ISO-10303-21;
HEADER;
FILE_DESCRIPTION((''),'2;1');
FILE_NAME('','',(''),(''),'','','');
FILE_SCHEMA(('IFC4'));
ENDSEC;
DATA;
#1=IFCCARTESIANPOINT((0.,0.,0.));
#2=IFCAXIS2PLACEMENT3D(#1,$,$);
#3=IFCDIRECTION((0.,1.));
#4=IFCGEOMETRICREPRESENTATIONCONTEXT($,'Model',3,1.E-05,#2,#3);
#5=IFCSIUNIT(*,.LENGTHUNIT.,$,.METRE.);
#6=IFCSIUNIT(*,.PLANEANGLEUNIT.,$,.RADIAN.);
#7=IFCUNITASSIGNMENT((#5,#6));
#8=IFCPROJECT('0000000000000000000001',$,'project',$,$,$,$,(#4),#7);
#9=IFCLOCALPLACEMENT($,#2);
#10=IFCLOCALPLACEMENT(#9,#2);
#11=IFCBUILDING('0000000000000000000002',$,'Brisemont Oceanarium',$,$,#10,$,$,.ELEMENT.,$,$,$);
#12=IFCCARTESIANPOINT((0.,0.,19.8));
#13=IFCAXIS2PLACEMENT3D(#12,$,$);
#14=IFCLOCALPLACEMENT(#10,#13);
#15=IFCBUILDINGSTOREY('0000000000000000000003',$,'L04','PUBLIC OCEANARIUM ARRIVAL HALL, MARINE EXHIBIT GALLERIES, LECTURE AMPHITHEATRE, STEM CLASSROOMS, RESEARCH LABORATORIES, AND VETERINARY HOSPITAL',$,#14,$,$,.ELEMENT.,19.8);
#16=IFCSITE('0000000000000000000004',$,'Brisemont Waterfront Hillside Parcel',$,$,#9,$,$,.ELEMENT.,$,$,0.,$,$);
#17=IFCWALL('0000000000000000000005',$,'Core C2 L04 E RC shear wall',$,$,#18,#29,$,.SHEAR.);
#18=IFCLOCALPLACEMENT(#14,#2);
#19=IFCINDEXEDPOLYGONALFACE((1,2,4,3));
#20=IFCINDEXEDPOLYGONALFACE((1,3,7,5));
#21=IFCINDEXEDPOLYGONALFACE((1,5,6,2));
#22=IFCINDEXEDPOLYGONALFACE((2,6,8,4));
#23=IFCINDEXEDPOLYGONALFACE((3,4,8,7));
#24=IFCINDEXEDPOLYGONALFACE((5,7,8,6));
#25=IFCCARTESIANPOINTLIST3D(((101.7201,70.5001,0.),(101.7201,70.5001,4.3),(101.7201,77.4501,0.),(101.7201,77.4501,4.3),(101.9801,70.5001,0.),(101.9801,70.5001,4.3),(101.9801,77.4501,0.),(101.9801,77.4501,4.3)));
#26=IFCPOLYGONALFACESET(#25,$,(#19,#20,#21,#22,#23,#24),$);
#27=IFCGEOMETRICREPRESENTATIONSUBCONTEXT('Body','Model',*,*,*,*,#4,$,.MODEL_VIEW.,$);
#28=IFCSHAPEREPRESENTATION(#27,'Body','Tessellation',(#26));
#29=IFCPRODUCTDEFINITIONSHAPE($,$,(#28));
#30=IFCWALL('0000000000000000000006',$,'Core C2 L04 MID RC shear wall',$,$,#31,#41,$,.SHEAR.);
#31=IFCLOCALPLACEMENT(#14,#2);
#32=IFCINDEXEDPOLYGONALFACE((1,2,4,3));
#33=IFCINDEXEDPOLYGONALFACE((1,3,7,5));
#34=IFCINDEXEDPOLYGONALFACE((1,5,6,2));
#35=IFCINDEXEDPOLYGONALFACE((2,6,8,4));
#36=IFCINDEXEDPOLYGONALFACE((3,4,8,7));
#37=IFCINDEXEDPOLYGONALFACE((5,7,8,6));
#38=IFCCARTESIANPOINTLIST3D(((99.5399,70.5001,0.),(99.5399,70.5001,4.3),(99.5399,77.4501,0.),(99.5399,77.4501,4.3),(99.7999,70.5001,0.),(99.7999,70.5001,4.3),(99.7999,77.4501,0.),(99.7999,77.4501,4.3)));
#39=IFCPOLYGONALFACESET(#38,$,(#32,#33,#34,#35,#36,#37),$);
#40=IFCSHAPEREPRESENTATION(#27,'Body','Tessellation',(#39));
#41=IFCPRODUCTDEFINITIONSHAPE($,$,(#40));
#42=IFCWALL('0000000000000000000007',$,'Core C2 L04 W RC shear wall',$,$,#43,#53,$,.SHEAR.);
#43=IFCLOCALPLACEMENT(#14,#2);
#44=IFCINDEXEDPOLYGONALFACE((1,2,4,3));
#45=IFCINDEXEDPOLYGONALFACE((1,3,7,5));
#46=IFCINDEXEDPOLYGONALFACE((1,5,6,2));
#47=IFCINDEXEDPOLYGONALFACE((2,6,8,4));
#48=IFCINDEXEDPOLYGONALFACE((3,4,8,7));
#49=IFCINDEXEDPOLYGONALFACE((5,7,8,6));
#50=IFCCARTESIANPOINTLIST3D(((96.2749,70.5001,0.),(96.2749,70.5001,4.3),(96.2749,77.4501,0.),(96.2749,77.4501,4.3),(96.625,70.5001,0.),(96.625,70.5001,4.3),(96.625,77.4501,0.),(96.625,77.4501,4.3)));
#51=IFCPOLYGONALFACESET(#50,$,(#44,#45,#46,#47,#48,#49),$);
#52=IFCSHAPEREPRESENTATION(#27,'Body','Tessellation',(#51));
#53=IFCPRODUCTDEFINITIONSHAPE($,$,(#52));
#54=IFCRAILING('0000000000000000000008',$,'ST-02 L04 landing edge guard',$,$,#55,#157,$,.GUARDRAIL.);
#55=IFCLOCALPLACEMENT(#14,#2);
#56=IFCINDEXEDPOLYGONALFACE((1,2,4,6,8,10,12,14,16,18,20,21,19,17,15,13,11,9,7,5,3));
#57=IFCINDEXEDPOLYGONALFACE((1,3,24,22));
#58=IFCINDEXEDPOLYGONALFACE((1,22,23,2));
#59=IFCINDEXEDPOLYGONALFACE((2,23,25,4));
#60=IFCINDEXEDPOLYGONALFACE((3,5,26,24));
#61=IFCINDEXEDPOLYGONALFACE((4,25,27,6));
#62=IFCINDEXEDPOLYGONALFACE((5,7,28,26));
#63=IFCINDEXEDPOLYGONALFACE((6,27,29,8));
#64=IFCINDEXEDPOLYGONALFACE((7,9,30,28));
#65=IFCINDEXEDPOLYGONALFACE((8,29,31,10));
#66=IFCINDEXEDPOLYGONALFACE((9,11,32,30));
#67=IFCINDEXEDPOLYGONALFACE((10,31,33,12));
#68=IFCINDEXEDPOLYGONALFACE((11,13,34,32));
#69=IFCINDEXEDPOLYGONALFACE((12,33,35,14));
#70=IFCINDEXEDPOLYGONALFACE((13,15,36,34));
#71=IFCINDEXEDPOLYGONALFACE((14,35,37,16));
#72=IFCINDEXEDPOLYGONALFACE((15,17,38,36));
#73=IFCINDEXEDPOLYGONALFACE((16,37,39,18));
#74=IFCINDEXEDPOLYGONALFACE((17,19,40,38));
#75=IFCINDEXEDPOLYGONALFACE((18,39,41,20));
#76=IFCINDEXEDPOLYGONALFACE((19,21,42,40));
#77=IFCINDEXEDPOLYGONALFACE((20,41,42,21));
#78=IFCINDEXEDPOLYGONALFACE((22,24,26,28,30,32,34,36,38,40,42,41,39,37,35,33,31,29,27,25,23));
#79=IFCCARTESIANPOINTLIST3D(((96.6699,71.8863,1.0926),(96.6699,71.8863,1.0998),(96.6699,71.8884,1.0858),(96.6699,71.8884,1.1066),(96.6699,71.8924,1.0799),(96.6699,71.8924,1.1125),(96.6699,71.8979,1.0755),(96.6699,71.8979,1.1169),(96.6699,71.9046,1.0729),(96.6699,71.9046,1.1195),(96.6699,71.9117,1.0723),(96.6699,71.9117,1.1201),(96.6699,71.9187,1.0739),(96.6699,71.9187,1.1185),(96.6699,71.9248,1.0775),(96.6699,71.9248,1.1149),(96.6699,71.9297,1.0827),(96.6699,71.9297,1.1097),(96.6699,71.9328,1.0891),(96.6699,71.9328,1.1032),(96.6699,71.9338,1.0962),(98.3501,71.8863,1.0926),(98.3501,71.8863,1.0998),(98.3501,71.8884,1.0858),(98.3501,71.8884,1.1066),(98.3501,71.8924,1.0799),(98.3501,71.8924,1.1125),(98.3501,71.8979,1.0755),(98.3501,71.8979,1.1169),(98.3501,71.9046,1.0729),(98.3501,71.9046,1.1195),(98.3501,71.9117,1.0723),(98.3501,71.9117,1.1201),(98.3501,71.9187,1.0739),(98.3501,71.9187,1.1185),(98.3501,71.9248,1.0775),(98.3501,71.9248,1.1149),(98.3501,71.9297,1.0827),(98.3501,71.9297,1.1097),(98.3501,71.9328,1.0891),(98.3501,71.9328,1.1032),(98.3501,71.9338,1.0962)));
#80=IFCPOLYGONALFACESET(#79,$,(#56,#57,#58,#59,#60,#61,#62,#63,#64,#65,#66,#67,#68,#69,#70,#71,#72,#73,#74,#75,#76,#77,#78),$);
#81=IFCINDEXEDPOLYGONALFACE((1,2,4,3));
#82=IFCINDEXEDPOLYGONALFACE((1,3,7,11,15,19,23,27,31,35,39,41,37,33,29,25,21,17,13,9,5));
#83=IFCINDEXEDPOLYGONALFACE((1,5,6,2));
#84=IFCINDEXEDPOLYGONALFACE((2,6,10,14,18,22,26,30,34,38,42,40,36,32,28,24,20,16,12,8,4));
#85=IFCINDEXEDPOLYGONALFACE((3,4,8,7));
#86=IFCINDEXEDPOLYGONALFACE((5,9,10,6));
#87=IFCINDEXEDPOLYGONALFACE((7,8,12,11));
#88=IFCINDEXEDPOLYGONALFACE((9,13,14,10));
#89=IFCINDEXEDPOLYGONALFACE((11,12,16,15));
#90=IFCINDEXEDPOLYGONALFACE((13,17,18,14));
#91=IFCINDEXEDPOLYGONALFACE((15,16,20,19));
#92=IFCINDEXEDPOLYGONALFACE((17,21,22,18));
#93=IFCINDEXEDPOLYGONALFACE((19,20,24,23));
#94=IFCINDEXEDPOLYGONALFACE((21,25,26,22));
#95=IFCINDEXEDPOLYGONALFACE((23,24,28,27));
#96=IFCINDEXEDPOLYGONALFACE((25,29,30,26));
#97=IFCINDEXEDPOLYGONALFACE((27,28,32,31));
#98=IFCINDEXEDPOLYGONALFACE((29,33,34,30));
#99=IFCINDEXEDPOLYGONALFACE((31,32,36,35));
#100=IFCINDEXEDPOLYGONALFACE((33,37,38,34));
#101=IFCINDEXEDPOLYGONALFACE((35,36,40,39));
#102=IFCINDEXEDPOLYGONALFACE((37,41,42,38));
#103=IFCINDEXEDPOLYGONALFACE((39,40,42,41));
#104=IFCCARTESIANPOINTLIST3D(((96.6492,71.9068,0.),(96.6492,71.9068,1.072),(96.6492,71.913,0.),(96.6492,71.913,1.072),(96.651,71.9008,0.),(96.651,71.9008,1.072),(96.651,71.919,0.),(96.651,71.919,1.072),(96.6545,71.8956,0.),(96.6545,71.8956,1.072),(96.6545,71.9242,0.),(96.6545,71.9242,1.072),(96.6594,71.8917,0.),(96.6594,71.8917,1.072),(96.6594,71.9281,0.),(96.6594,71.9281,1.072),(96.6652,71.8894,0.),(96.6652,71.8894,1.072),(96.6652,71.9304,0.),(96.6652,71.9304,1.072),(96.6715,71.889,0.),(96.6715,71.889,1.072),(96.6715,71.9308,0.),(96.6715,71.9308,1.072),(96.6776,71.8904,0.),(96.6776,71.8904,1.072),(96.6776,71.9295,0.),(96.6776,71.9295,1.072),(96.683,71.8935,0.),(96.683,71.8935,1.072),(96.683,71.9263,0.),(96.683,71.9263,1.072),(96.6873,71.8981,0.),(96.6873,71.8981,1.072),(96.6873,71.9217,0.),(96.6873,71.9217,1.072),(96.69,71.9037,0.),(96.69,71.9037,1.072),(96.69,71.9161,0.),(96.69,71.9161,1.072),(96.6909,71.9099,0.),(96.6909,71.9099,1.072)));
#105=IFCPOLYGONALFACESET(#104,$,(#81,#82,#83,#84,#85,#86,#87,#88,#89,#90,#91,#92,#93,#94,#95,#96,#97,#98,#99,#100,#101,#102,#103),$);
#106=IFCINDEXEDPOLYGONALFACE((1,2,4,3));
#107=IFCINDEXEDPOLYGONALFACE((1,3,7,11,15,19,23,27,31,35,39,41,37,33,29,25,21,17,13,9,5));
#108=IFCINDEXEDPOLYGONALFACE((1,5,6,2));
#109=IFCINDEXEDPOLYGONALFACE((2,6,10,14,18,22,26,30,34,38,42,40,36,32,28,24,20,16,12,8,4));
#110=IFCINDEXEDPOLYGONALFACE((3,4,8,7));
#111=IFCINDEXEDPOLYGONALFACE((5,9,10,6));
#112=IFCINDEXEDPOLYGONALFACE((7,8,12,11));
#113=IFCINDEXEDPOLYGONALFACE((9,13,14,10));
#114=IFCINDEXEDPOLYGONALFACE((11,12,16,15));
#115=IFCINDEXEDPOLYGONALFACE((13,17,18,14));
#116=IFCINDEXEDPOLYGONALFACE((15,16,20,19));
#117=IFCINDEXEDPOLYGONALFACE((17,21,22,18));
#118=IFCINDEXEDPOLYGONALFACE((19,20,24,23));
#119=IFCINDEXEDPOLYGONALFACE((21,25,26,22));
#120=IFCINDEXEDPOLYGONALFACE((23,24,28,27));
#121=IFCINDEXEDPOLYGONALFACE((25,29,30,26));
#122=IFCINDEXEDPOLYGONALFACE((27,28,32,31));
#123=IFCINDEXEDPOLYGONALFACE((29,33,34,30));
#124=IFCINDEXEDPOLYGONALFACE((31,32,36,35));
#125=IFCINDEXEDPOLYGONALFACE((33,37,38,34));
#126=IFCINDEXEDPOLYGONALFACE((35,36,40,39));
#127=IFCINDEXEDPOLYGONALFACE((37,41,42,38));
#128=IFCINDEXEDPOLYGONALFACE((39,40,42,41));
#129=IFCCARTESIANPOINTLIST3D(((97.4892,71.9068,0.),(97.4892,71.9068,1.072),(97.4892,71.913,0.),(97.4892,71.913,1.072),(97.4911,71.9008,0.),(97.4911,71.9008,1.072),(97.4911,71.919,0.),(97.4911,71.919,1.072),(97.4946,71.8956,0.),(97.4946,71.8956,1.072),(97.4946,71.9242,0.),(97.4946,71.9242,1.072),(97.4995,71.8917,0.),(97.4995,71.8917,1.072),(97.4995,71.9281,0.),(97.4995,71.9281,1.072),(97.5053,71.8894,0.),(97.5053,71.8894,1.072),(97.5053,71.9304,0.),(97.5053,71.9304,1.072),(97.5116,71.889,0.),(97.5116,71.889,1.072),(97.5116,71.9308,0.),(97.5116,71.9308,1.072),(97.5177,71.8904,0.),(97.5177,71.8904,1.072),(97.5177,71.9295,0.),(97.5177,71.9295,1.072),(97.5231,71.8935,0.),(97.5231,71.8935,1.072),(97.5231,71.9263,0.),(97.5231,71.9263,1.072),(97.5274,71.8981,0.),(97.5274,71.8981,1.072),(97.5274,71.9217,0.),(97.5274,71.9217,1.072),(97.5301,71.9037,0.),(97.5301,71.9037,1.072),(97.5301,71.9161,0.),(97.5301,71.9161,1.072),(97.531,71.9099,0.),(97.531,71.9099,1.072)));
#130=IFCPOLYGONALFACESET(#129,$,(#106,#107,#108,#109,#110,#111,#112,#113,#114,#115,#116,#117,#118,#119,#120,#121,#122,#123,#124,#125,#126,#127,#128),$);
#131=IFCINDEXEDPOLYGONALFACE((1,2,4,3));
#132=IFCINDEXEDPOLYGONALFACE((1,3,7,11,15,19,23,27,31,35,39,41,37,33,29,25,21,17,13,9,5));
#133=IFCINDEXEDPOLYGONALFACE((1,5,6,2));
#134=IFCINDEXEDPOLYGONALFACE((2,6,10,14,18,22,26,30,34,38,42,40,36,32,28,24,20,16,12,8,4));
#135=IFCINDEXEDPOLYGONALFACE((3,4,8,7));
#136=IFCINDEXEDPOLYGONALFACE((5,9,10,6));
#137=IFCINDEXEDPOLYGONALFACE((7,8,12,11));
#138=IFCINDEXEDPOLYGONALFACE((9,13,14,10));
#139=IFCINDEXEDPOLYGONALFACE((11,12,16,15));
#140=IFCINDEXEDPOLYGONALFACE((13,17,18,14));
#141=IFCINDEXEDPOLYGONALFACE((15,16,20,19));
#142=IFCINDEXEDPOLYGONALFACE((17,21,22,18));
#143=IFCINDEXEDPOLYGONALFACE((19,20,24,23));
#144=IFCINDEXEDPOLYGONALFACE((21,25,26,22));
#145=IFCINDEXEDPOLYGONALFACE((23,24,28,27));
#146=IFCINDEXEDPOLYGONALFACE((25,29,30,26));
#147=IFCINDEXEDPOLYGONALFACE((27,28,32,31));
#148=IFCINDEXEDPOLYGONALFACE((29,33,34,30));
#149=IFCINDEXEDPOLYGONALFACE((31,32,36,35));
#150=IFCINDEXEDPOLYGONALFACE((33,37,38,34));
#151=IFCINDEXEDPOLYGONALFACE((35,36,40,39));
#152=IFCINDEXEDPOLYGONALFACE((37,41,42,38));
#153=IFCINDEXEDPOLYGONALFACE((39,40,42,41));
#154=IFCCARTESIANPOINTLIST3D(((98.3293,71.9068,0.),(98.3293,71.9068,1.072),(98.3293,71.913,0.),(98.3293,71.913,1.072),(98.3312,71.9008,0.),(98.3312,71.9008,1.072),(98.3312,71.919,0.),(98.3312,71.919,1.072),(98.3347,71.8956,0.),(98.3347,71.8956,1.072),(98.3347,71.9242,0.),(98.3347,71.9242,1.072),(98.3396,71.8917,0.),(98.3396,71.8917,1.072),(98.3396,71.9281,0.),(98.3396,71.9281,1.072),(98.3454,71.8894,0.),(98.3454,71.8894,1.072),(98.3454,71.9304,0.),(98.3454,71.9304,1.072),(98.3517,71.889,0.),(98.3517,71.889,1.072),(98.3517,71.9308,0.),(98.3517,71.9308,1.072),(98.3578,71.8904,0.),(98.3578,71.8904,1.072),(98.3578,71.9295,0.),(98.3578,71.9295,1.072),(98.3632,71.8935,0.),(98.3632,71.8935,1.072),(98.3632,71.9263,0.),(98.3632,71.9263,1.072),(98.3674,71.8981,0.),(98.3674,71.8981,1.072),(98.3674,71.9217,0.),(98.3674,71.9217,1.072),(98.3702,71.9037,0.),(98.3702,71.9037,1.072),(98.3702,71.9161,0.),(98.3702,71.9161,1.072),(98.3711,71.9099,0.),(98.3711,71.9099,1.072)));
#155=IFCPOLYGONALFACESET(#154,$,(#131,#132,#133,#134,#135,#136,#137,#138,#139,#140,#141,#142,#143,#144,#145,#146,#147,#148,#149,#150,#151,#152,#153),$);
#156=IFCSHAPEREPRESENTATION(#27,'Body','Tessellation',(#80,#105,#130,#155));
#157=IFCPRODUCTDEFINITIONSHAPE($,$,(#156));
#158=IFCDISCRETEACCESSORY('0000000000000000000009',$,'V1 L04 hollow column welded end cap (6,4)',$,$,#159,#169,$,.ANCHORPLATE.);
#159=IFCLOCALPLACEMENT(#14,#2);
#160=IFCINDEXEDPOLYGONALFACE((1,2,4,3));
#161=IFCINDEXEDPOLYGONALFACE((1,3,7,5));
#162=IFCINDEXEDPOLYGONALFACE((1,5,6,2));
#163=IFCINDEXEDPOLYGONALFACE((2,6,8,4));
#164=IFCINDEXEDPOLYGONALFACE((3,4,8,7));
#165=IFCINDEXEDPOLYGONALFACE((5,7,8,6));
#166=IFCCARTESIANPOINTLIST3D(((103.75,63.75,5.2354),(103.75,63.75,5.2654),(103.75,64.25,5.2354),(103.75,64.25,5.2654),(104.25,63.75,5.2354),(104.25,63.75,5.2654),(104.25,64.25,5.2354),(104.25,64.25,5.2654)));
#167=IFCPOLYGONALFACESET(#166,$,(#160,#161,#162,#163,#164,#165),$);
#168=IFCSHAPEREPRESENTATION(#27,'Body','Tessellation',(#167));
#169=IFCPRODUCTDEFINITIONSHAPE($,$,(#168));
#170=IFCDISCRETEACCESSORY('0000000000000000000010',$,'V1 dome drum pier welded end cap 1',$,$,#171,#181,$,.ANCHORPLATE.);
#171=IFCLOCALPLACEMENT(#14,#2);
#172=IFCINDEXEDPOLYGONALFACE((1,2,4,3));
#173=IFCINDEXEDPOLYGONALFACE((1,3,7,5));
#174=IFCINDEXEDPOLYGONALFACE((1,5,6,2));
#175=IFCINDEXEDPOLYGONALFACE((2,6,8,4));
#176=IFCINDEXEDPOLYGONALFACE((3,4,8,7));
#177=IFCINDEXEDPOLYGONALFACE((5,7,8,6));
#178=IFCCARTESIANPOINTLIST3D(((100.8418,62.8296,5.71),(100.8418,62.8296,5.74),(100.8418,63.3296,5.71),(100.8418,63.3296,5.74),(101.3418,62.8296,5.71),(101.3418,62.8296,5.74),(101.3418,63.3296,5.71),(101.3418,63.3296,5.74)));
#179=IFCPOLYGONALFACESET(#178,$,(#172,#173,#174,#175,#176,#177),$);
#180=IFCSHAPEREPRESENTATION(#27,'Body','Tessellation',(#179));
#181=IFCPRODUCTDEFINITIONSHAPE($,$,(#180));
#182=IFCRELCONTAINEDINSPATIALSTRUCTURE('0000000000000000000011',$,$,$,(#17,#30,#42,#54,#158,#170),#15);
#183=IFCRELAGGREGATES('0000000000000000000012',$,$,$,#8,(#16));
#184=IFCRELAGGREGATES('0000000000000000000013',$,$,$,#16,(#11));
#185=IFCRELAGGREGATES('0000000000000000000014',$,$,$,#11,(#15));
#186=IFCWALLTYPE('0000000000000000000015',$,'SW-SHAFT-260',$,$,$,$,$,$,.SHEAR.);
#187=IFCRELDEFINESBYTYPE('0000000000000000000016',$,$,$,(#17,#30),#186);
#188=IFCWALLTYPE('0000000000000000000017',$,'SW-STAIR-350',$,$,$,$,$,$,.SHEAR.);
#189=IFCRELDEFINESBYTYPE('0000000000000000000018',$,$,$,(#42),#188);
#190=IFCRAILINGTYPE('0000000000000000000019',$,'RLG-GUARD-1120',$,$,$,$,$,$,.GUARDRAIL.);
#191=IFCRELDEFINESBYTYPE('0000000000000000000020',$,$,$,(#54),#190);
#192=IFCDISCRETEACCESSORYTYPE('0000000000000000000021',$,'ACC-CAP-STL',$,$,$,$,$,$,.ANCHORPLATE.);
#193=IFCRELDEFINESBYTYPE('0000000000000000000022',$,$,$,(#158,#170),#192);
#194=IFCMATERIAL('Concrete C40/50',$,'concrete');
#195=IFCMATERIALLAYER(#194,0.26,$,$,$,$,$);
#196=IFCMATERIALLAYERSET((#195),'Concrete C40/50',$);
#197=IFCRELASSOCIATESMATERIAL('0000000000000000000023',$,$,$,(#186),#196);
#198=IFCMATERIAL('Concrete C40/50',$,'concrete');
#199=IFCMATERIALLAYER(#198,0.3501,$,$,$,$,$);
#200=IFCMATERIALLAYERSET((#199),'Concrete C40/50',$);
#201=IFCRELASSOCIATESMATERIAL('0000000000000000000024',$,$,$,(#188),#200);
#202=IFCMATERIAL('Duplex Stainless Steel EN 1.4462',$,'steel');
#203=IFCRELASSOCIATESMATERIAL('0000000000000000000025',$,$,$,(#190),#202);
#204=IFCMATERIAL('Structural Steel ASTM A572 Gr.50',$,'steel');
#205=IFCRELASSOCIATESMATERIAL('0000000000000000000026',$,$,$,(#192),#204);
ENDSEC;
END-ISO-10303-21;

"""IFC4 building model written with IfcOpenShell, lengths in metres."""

from ifc_helpers import new_model, si_unit, direction, frame, frame_2d, origin, origin_2d, place, context, subcontext, project, spatial, rectangle, circle, extrude, material, layer, layer_set, type_object, element, save


model = new_model("IFC4")

# Units and contexts
model_context = context("Model", 3, precision=1e-05, world=origin(), true_north=direction((0.0, 1.0)))
body_context = subcontext(model_context, "Body", "Model", "MODEL_VIEW")
ifc_project = project(units=[si_unit("LENGTHUNIT", "METRE"), si_unit("PLANEANGLEUNIT", "RADIAN")], contexts=[model_context])

# Site, building, storey
site_placement = place(None, origin())
site = spatial("IfcSite", under=ifc_project, at=site_placement, Name="Brisemont Waterfront Hillside Parcel", CompositionType="ELEMENT", RefElevation=0.0)
building_placement = place(site_placement, origin())
building = spatial("IfcBuilding", under=site, at=building_placement, Name="Brisemont Oceanarium", CompositionType="ELEMENT")
storey_placement = place(building_placement, frame((0.0, 0.0, 19.8)))
storey = spatial("IfcBuildingStorey", under=building, at=storey_placement, Name="L04", Description="PUBLIC OCEANARIUM ARRIVAL HALL, MARINE EXHIBIT GALLERIES, LECTURE AMPHITHEATRE, STEM CLASSROOMS, RESEARCH LABORATORIES, AND VETERINARY HOSPITAL", CompositionType="ELEMENT", Elevation=19.8)

# Walls
ifc_material_1 = material(Name="Concrete C40/50", Category="concrete")
ifc_layer_1 = layer(ifc_material_1, 0.26)
ifc_layer_set_1 = layer_set([ifc_layer_1], Name="Concrete C40/50")
wall_type_1 = type_object("IfcWallType", Name="SW-SHAFT-260", PredefinedType="SHEAR", material=ifc_layer_set_1)
for number, where, z_axis, x_axis, name in (
    (1, (101.8501, 70.5, 0.0), (0.0, 0.0, 1.0), (0.0, 1.0, 0.0), "Core C2 L04 E RC shear wall"),
    (2, (99.6699, 70.5, 0.0), (0.0, 0.0, 1.0), (0.0, 1.0, 0.0), "Core C2 L04 MID RC shear wall"),
):
    element("IfcWall", number, at=place(storey_placement, frame(where, z_axis=z_axis, x_axis=x_axis)), inside=storey, type_object=wall_type_1, Name=name, PredefinedType="SHEAR", context=body_context, shape_type="SweptSolid", body=[
        extrude(rectangle(XDim=6.95, YDim=0.26, at=frame_2d((3.4751, 0.0))), origin(), (0.0, 0.0, 1.0), 4.3),
    ])
ifc_material_2 = material(Name="Concrete C40/50", Category="concrete")
ifc_layer_2 = layer(ifc_material_2, 0.3501)
ifc_layer_set_2 = layer_set([ifc_layer_2], Name="Concrete C40/50")
wall_type_2 = type_object("IfcWallType", Name="SW-STAIR-350", PredefinedType="SHEAR", material=ifc_layer_set_2)
wall_placement = place(storey_placement, frame((96.45, 70.5, 0.0), z_axis=(0.0, 0.0, 1.0), x_axis=(0.0, 1.0, 0.0)))
element("IfcWall", 3, at=wall_placement, inside=storey, type_object=wall_type_2, Name="Core C2 L04 W RC shear wall", PredefinedType="SHEAR", context=body_context, shape_type="SweptSolid", body=[
    extrude(rectangle(XDim=6.95, YDim=0.3501, at=frame_2d((3.4751, 0.0))), origin(), (0.0, 0.0, 1.0), 4.3),
])

# Railing
ifc_material_3 = material(Name="Duplex Stainless Steel EN 1.4462", Category="steel")
railing_type = type_object("IfcRailingType", Name="RLG-GUARD-1120", PredefinedType="GUARDRAIL", material=ifc_material_3)
railing_placement = place(storey_placement, frame((96.6699, 71.9099, 0.0)))
element("IfcRailing", 4, at=railing_placement, inside=storey, type_object=railing_type, Name="ST-02 L04 landing edge guard", PredefinedType="GUARDRAIL", context=body_context, shape_type="SweptSolid", body=[
    extrude(circle(Radius=0.0239, at=origin_2d()), frame((0.0, 0.0, 1.0962), z_axis=(1.0, 0.0, 0.0), x_axis=(0.0, 1.0, 0.0)), (0.0, 0.0, 1.0), 1.6802),
    extrude(circle(Radius=0.021, at=origin_2d()), origin(), (0.0, 0.0, 1.0), 1.072),
    extrude(circle(Radius=0.021, at=origin_2d()), frame((0.8401, 0.0, 0.0)), (0.0, 0.0, 1.0), 1.072),
    extrude(circle(Radius=0.021, at=origin_2d()), frame((1.6802, 0.0, 0.0)), (0.0, 0.0, 1.0), 1.072),
])

# Discrete accessories
ifc_material_4 = material(Name="Structural Steel ASTM A572 Gr.50", Category="steel")
discrete_accessory_type = type_object("IfcDiscreteAccessoryType", Name="ACC-CAP-STL", PredefinedType="ANCHORPLATE", material=ifc_material_4)
for number, where, z_axis, x_axis, name in (
    (5, (104.0, 64.0, 5.2354), (0.0, 0.0, 1.0), (1.0, 0.0, 0.0), "V1 L04 hollow column welded end cap (6,4)"),
    (6, (101.0918, 63.0796, 5.71), (0.0, 0.0, 1.0), (1.0, 0.0, 0.0), "V1 dome drum pier welded end cap 1"),
):
    element("IfcDiscreteAccessory", number, at=place(storey_placement, frame(where, z_axis=z_axis, x_axis=x_axis)), inside=storey, type_object=discrete_accessory_type, Name=name, PredefinedType="ANCHORPLATE", context=body_context, shape_type="SweptSolid", body=[
        extrude(rectangle(XDim=0.5, YDim=0.5, at=origin_2d()), origin(), (0.0, 0.0, 1.0), 0.03),
    ])

save(model, "model.ifc")
